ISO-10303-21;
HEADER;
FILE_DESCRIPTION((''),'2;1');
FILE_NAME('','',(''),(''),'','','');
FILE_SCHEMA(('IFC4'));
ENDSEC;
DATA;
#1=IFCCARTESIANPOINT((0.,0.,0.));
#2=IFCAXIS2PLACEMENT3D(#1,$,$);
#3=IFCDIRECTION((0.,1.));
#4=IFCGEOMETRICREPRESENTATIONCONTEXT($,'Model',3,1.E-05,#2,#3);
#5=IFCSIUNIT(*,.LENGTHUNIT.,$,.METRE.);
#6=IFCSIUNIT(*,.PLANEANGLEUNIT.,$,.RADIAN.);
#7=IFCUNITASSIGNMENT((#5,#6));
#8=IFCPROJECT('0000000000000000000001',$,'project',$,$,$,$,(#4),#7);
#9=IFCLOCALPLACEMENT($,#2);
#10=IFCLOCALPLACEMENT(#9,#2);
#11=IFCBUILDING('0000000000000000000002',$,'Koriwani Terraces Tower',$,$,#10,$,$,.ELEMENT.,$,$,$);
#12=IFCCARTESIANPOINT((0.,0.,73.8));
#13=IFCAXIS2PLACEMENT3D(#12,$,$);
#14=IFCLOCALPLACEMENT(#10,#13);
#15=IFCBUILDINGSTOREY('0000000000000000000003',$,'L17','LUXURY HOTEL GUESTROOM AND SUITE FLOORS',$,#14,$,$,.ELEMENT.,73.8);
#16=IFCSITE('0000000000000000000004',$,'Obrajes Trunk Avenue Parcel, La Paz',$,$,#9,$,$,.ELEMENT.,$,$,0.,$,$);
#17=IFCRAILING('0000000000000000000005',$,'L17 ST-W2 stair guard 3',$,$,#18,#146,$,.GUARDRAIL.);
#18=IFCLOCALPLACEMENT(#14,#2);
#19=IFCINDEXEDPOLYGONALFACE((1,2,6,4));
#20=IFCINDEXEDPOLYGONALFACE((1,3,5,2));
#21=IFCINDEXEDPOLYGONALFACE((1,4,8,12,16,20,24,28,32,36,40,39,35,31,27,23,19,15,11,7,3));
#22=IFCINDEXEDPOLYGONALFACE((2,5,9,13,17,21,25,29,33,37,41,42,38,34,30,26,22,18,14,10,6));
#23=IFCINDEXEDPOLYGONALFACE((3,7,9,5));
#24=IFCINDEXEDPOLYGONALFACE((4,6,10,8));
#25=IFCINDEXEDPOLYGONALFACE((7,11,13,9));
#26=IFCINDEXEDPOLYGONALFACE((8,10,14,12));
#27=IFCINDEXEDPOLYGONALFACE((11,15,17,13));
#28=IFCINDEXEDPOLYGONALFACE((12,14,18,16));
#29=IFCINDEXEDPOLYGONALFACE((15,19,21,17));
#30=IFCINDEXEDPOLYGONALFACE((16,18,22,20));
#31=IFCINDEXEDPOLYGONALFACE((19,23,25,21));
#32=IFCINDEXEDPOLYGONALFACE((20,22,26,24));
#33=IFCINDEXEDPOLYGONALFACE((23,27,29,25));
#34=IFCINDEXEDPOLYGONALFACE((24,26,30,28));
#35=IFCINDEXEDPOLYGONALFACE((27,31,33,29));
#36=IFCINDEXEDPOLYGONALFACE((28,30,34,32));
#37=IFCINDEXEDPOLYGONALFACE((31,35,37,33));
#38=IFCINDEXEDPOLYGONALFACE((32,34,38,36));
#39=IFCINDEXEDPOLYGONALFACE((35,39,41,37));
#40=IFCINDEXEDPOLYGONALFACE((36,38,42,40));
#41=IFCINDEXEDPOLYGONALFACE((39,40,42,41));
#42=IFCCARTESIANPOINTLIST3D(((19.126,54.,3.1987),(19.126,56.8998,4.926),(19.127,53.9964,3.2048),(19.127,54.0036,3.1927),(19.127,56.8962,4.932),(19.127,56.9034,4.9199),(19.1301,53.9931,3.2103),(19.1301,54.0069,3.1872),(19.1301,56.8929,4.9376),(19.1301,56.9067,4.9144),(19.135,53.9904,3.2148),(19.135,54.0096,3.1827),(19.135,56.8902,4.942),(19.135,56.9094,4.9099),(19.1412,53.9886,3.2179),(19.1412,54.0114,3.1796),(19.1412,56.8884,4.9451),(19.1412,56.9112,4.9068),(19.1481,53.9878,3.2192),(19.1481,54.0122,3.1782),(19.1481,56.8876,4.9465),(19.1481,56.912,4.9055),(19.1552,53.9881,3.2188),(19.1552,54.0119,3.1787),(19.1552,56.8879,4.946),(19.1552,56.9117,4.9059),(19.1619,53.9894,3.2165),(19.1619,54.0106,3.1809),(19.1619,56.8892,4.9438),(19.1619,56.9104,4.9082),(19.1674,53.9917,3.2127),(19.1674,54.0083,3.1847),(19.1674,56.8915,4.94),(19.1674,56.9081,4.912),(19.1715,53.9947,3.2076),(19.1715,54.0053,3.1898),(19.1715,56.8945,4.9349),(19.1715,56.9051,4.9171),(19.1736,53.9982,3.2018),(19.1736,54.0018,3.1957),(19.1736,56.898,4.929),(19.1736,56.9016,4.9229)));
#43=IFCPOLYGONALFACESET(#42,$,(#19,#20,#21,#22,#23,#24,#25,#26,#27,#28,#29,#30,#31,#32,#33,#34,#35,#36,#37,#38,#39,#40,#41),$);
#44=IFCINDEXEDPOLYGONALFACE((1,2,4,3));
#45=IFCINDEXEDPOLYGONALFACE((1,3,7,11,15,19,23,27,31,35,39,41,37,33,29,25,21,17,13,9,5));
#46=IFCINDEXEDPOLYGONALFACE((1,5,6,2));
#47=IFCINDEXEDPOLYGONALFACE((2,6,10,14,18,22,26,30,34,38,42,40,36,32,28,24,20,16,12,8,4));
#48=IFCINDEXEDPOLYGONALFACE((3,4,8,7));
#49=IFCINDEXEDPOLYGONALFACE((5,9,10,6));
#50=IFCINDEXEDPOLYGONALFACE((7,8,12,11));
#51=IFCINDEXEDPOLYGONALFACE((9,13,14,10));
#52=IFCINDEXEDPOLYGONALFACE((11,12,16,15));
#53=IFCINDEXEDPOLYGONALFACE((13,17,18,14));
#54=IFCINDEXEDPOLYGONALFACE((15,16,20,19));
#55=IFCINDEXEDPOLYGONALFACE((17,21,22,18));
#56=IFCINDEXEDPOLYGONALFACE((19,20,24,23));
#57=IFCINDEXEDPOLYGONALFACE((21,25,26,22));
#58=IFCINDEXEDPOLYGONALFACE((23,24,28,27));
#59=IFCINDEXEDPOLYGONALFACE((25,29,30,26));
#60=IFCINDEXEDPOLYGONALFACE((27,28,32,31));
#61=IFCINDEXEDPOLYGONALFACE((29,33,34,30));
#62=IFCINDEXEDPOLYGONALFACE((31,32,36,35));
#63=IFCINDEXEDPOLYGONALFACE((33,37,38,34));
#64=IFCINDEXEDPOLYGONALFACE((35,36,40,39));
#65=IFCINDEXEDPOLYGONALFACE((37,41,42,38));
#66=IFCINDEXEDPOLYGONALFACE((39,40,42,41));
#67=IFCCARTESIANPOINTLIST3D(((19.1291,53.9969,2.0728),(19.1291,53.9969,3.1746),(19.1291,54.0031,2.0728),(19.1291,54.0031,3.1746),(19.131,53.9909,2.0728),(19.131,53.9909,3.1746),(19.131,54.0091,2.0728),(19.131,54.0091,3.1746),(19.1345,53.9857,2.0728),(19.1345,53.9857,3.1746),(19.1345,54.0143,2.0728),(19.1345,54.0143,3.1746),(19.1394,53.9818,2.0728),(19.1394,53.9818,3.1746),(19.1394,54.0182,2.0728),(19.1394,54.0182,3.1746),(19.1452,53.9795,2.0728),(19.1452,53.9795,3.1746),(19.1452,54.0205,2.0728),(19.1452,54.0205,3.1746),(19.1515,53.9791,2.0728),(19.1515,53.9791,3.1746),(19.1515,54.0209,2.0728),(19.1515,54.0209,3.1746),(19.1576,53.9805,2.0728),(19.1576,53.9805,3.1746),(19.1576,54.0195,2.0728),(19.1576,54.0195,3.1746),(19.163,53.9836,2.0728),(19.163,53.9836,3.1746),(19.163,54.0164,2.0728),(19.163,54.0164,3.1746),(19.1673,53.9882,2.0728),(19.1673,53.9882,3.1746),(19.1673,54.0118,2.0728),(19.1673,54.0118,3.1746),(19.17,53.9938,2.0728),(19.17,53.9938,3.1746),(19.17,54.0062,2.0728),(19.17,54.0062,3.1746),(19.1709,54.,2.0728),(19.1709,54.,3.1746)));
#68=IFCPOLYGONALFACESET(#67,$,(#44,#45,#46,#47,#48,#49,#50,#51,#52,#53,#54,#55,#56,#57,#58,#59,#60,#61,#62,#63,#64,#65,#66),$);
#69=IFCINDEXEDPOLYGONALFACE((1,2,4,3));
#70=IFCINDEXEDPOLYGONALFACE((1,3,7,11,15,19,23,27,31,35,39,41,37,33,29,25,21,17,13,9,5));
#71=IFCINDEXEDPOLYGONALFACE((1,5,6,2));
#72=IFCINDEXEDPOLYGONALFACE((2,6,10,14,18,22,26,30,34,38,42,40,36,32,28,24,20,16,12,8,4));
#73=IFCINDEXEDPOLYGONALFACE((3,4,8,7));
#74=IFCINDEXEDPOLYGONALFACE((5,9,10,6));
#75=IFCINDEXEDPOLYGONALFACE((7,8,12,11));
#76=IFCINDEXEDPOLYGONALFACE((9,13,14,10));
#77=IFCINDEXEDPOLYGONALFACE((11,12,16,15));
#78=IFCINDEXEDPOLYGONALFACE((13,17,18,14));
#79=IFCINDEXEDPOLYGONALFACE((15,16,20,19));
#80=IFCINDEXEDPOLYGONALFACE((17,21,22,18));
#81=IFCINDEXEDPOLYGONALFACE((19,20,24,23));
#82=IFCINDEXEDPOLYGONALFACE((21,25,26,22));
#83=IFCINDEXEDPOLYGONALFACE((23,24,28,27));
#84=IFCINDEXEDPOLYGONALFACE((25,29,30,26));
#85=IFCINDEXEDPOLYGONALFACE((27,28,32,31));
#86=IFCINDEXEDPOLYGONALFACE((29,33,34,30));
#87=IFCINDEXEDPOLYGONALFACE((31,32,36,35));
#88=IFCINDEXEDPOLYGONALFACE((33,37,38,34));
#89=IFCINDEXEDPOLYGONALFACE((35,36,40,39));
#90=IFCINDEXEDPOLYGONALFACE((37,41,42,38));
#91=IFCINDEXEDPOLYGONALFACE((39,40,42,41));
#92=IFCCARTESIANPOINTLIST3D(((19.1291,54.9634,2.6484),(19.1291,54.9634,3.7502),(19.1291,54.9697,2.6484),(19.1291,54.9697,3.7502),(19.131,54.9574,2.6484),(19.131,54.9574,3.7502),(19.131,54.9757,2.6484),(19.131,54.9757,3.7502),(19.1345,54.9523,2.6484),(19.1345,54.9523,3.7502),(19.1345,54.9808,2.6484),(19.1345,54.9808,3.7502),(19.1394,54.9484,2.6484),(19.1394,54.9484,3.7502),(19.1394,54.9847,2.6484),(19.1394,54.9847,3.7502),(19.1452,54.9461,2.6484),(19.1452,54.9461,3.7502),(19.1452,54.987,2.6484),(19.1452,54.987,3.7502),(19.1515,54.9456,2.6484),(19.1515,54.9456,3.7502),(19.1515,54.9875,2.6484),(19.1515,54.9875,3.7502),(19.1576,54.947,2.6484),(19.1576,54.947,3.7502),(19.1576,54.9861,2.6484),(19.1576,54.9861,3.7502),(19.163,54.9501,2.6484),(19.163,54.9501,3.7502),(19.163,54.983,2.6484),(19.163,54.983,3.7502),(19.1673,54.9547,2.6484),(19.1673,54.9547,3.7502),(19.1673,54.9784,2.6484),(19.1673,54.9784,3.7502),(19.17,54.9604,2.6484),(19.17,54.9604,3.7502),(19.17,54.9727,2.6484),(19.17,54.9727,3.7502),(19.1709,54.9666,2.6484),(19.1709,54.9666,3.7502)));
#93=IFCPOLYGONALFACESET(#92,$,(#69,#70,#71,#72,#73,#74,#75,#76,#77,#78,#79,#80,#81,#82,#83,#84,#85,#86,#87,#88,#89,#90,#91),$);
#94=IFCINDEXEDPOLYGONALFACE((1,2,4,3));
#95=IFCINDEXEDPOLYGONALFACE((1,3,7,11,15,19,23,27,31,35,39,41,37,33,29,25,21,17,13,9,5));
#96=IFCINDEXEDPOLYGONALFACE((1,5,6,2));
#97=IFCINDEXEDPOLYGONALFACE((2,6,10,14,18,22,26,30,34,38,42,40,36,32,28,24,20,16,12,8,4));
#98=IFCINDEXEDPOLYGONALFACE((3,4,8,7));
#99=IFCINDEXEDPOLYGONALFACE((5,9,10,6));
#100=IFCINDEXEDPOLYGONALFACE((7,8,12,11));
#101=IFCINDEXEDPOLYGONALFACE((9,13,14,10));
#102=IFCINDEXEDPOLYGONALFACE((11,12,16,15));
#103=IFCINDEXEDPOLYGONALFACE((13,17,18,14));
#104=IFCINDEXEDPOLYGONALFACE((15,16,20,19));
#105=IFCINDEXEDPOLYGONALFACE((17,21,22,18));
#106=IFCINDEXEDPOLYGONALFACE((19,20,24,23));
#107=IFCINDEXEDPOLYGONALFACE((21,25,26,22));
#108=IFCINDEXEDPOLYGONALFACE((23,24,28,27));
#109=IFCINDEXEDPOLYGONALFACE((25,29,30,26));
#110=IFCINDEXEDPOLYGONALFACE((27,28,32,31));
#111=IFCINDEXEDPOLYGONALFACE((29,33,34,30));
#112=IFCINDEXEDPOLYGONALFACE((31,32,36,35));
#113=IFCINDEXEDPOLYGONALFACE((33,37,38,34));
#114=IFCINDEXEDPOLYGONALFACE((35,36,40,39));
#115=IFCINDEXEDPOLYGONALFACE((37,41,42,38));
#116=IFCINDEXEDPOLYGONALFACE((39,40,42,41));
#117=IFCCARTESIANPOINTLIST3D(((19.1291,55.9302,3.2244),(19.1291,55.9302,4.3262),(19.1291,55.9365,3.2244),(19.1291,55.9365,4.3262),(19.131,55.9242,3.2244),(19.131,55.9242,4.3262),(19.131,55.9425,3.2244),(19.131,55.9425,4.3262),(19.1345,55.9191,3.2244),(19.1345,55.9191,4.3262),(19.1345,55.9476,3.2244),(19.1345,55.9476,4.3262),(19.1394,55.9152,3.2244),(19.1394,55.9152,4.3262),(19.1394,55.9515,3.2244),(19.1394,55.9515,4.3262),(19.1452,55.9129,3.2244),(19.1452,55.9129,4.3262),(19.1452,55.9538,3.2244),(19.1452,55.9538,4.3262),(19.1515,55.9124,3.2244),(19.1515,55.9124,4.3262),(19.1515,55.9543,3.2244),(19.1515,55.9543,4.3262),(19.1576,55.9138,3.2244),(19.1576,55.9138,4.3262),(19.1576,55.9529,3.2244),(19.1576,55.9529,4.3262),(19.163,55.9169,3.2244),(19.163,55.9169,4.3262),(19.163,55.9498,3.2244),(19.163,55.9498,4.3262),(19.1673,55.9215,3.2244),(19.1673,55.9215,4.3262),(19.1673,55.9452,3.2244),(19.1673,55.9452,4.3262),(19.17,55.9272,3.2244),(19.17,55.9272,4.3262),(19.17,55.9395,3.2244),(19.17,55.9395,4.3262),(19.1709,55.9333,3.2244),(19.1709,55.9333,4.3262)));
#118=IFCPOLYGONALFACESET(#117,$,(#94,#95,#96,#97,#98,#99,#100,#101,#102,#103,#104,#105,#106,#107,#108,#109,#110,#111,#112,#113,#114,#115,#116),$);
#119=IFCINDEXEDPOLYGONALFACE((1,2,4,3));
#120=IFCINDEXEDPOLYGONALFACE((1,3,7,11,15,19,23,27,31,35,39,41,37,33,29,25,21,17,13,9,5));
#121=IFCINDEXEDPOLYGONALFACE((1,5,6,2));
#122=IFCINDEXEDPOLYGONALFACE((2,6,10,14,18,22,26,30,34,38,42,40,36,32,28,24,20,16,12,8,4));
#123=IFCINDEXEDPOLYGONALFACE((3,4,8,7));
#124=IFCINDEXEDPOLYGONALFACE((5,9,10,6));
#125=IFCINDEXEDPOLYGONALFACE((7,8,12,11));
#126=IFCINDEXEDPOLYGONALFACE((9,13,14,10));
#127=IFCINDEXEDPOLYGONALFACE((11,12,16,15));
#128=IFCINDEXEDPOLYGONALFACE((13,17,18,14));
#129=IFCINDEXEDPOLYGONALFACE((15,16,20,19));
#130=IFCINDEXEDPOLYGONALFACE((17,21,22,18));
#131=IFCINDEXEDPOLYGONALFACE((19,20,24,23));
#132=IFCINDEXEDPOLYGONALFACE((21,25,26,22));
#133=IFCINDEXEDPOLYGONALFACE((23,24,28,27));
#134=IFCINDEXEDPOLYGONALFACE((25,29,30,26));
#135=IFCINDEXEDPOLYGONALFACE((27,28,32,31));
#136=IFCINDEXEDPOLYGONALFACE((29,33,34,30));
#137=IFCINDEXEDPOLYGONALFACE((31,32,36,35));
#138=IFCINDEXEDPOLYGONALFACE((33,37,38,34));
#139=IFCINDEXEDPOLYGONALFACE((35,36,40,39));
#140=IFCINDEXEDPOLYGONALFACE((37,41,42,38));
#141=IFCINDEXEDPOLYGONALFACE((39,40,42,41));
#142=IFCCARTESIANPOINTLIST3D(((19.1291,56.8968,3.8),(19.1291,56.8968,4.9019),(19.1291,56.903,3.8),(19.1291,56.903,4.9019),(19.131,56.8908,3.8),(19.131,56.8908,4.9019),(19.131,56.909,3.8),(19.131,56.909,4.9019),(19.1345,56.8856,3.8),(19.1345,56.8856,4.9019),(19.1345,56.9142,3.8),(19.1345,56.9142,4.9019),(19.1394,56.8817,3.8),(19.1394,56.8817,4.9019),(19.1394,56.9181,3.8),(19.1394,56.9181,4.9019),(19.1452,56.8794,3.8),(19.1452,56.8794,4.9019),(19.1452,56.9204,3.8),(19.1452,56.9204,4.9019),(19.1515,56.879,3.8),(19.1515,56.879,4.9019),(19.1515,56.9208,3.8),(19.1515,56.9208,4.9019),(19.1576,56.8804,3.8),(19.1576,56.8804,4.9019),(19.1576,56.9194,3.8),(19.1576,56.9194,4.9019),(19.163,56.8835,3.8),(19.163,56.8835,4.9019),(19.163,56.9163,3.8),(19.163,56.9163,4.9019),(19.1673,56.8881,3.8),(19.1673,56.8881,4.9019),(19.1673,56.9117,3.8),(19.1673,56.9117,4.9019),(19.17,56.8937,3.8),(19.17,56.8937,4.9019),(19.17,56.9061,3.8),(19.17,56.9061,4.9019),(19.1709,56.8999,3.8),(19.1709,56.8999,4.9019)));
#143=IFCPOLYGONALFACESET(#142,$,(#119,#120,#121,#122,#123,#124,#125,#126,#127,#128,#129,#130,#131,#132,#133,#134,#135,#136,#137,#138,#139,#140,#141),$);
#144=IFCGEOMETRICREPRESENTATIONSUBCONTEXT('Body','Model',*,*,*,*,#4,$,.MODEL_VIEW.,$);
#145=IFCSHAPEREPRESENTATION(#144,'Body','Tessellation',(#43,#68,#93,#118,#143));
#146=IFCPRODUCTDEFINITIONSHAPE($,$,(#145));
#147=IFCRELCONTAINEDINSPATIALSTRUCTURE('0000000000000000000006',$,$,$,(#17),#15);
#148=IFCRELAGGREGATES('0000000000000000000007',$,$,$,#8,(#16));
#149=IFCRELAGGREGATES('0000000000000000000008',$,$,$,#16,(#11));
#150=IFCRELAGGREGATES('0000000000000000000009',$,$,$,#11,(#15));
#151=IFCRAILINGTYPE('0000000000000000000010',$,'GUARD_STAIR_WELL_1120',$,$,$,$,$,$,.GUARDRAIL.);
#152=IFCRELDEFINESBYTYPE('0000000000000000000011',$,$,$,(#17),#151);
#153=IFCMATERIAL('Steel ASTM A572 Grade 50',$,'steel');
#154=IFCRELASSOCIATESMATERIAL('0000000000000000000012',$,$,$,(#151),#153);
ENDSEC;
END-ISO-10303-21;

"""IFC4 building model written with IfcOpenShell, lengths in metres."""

from ifc_helpers import new_model, si_unit, direction, frame, origin, origin_2d, place, context, subcontext, project, spatial, circle, extrude, material, type_object, element, save


model = new_model("IFC4")

# Units and contexts
model_context = context("Model", 3, precision=1e-05, world=origin(), true_north=direction((0.0, 1.0)))
body_context = subcontext(model_context, "Body", "Model", "MODEL_VIEW")
ifc_project = project(units=[si_unit("LENGTHUNIT", "METRE"), si_unit("PLANEANGLEUNIT", "RADIAN")], contexts=[model_context])

# Site, building, storey
site_placement = place(None, origin())
site = spatial("IfcSite", under=ifc_project, at=site_placement, Name="Obrajes Trunk Avenue Parcel, La Paz", CompositionType="ELEMENT", RefElevation=0.0)
building_placement = place(site_placement, origin())
building = spatial("IfcBuilding", under=site, at=building_placement, Name="Koriwani Terraces Tower", CompositionType="ELEMENT")
storey_placement = place(building_placement, frame((0.0, 0.0, 73.8)))
storey = spatial("IfcBuildingStorey", under=building, at=storey_placement, Name="L17", Description="LUXURY HOTEL GUESTROOM AND SUITE FLOORS", CompositionType="ELEMENT", Elevation=73.8)

# Shared definitions
ifc_material_1 = material(Name="Steel ASTM A572 Grade 50", Category="steel")

# Railing
railing_type_1 = type_object("IfcRailingType", Name="GUARD_STAIR_WELL_1120", PredefinedType="GUARDRAIL", material=ifc_material_1)
railing_1_placement = place(storey_placement, frame((19.1499, 54.0, 2.0728)))
element("IfcRailing", 1, at=railing_1_placement, inside=storey, type_object=railing_type_1, Name="L17 ST-W2 stair guard 3", PredefinedType="GUARDRAIL", context=body_context, shape_type="SweptSolid", body=[
    extrude(circle(Radius=0.0239, at=origin_2d()), frame((0.0, 0.0, 1.126), z_axis=(0.0, 0.859141, 0.511738), x_axis=(-1.0, 0.0, 0.0)), (0.0, 0.0, 1.0), 3.3752),
    extrude(circle(Radius=0.021, at=origin_2d()), origin(), (0.0, 0.0, 1.0), 1.1018),
    extrude(circle(Radius=0.021, at=origin_2d()), frame((0.0, 0.9666, 0.5757)), (0.0, 0.0, 1.0), 1.1018),
    extrude(circle(Radius=0.021, at=origin_2d()), frame((0.0, 1.9333, 1.1516)), (0.0, 0.0, 1.0), 1.1018),
    extrude(circle(Radius=0.021, at=origin_2d()), frame((0.0, 2.8999, 1.7273)), (0.0, 0.0, 1.0), 1.1018),
])

save(model, "model.ifc")
